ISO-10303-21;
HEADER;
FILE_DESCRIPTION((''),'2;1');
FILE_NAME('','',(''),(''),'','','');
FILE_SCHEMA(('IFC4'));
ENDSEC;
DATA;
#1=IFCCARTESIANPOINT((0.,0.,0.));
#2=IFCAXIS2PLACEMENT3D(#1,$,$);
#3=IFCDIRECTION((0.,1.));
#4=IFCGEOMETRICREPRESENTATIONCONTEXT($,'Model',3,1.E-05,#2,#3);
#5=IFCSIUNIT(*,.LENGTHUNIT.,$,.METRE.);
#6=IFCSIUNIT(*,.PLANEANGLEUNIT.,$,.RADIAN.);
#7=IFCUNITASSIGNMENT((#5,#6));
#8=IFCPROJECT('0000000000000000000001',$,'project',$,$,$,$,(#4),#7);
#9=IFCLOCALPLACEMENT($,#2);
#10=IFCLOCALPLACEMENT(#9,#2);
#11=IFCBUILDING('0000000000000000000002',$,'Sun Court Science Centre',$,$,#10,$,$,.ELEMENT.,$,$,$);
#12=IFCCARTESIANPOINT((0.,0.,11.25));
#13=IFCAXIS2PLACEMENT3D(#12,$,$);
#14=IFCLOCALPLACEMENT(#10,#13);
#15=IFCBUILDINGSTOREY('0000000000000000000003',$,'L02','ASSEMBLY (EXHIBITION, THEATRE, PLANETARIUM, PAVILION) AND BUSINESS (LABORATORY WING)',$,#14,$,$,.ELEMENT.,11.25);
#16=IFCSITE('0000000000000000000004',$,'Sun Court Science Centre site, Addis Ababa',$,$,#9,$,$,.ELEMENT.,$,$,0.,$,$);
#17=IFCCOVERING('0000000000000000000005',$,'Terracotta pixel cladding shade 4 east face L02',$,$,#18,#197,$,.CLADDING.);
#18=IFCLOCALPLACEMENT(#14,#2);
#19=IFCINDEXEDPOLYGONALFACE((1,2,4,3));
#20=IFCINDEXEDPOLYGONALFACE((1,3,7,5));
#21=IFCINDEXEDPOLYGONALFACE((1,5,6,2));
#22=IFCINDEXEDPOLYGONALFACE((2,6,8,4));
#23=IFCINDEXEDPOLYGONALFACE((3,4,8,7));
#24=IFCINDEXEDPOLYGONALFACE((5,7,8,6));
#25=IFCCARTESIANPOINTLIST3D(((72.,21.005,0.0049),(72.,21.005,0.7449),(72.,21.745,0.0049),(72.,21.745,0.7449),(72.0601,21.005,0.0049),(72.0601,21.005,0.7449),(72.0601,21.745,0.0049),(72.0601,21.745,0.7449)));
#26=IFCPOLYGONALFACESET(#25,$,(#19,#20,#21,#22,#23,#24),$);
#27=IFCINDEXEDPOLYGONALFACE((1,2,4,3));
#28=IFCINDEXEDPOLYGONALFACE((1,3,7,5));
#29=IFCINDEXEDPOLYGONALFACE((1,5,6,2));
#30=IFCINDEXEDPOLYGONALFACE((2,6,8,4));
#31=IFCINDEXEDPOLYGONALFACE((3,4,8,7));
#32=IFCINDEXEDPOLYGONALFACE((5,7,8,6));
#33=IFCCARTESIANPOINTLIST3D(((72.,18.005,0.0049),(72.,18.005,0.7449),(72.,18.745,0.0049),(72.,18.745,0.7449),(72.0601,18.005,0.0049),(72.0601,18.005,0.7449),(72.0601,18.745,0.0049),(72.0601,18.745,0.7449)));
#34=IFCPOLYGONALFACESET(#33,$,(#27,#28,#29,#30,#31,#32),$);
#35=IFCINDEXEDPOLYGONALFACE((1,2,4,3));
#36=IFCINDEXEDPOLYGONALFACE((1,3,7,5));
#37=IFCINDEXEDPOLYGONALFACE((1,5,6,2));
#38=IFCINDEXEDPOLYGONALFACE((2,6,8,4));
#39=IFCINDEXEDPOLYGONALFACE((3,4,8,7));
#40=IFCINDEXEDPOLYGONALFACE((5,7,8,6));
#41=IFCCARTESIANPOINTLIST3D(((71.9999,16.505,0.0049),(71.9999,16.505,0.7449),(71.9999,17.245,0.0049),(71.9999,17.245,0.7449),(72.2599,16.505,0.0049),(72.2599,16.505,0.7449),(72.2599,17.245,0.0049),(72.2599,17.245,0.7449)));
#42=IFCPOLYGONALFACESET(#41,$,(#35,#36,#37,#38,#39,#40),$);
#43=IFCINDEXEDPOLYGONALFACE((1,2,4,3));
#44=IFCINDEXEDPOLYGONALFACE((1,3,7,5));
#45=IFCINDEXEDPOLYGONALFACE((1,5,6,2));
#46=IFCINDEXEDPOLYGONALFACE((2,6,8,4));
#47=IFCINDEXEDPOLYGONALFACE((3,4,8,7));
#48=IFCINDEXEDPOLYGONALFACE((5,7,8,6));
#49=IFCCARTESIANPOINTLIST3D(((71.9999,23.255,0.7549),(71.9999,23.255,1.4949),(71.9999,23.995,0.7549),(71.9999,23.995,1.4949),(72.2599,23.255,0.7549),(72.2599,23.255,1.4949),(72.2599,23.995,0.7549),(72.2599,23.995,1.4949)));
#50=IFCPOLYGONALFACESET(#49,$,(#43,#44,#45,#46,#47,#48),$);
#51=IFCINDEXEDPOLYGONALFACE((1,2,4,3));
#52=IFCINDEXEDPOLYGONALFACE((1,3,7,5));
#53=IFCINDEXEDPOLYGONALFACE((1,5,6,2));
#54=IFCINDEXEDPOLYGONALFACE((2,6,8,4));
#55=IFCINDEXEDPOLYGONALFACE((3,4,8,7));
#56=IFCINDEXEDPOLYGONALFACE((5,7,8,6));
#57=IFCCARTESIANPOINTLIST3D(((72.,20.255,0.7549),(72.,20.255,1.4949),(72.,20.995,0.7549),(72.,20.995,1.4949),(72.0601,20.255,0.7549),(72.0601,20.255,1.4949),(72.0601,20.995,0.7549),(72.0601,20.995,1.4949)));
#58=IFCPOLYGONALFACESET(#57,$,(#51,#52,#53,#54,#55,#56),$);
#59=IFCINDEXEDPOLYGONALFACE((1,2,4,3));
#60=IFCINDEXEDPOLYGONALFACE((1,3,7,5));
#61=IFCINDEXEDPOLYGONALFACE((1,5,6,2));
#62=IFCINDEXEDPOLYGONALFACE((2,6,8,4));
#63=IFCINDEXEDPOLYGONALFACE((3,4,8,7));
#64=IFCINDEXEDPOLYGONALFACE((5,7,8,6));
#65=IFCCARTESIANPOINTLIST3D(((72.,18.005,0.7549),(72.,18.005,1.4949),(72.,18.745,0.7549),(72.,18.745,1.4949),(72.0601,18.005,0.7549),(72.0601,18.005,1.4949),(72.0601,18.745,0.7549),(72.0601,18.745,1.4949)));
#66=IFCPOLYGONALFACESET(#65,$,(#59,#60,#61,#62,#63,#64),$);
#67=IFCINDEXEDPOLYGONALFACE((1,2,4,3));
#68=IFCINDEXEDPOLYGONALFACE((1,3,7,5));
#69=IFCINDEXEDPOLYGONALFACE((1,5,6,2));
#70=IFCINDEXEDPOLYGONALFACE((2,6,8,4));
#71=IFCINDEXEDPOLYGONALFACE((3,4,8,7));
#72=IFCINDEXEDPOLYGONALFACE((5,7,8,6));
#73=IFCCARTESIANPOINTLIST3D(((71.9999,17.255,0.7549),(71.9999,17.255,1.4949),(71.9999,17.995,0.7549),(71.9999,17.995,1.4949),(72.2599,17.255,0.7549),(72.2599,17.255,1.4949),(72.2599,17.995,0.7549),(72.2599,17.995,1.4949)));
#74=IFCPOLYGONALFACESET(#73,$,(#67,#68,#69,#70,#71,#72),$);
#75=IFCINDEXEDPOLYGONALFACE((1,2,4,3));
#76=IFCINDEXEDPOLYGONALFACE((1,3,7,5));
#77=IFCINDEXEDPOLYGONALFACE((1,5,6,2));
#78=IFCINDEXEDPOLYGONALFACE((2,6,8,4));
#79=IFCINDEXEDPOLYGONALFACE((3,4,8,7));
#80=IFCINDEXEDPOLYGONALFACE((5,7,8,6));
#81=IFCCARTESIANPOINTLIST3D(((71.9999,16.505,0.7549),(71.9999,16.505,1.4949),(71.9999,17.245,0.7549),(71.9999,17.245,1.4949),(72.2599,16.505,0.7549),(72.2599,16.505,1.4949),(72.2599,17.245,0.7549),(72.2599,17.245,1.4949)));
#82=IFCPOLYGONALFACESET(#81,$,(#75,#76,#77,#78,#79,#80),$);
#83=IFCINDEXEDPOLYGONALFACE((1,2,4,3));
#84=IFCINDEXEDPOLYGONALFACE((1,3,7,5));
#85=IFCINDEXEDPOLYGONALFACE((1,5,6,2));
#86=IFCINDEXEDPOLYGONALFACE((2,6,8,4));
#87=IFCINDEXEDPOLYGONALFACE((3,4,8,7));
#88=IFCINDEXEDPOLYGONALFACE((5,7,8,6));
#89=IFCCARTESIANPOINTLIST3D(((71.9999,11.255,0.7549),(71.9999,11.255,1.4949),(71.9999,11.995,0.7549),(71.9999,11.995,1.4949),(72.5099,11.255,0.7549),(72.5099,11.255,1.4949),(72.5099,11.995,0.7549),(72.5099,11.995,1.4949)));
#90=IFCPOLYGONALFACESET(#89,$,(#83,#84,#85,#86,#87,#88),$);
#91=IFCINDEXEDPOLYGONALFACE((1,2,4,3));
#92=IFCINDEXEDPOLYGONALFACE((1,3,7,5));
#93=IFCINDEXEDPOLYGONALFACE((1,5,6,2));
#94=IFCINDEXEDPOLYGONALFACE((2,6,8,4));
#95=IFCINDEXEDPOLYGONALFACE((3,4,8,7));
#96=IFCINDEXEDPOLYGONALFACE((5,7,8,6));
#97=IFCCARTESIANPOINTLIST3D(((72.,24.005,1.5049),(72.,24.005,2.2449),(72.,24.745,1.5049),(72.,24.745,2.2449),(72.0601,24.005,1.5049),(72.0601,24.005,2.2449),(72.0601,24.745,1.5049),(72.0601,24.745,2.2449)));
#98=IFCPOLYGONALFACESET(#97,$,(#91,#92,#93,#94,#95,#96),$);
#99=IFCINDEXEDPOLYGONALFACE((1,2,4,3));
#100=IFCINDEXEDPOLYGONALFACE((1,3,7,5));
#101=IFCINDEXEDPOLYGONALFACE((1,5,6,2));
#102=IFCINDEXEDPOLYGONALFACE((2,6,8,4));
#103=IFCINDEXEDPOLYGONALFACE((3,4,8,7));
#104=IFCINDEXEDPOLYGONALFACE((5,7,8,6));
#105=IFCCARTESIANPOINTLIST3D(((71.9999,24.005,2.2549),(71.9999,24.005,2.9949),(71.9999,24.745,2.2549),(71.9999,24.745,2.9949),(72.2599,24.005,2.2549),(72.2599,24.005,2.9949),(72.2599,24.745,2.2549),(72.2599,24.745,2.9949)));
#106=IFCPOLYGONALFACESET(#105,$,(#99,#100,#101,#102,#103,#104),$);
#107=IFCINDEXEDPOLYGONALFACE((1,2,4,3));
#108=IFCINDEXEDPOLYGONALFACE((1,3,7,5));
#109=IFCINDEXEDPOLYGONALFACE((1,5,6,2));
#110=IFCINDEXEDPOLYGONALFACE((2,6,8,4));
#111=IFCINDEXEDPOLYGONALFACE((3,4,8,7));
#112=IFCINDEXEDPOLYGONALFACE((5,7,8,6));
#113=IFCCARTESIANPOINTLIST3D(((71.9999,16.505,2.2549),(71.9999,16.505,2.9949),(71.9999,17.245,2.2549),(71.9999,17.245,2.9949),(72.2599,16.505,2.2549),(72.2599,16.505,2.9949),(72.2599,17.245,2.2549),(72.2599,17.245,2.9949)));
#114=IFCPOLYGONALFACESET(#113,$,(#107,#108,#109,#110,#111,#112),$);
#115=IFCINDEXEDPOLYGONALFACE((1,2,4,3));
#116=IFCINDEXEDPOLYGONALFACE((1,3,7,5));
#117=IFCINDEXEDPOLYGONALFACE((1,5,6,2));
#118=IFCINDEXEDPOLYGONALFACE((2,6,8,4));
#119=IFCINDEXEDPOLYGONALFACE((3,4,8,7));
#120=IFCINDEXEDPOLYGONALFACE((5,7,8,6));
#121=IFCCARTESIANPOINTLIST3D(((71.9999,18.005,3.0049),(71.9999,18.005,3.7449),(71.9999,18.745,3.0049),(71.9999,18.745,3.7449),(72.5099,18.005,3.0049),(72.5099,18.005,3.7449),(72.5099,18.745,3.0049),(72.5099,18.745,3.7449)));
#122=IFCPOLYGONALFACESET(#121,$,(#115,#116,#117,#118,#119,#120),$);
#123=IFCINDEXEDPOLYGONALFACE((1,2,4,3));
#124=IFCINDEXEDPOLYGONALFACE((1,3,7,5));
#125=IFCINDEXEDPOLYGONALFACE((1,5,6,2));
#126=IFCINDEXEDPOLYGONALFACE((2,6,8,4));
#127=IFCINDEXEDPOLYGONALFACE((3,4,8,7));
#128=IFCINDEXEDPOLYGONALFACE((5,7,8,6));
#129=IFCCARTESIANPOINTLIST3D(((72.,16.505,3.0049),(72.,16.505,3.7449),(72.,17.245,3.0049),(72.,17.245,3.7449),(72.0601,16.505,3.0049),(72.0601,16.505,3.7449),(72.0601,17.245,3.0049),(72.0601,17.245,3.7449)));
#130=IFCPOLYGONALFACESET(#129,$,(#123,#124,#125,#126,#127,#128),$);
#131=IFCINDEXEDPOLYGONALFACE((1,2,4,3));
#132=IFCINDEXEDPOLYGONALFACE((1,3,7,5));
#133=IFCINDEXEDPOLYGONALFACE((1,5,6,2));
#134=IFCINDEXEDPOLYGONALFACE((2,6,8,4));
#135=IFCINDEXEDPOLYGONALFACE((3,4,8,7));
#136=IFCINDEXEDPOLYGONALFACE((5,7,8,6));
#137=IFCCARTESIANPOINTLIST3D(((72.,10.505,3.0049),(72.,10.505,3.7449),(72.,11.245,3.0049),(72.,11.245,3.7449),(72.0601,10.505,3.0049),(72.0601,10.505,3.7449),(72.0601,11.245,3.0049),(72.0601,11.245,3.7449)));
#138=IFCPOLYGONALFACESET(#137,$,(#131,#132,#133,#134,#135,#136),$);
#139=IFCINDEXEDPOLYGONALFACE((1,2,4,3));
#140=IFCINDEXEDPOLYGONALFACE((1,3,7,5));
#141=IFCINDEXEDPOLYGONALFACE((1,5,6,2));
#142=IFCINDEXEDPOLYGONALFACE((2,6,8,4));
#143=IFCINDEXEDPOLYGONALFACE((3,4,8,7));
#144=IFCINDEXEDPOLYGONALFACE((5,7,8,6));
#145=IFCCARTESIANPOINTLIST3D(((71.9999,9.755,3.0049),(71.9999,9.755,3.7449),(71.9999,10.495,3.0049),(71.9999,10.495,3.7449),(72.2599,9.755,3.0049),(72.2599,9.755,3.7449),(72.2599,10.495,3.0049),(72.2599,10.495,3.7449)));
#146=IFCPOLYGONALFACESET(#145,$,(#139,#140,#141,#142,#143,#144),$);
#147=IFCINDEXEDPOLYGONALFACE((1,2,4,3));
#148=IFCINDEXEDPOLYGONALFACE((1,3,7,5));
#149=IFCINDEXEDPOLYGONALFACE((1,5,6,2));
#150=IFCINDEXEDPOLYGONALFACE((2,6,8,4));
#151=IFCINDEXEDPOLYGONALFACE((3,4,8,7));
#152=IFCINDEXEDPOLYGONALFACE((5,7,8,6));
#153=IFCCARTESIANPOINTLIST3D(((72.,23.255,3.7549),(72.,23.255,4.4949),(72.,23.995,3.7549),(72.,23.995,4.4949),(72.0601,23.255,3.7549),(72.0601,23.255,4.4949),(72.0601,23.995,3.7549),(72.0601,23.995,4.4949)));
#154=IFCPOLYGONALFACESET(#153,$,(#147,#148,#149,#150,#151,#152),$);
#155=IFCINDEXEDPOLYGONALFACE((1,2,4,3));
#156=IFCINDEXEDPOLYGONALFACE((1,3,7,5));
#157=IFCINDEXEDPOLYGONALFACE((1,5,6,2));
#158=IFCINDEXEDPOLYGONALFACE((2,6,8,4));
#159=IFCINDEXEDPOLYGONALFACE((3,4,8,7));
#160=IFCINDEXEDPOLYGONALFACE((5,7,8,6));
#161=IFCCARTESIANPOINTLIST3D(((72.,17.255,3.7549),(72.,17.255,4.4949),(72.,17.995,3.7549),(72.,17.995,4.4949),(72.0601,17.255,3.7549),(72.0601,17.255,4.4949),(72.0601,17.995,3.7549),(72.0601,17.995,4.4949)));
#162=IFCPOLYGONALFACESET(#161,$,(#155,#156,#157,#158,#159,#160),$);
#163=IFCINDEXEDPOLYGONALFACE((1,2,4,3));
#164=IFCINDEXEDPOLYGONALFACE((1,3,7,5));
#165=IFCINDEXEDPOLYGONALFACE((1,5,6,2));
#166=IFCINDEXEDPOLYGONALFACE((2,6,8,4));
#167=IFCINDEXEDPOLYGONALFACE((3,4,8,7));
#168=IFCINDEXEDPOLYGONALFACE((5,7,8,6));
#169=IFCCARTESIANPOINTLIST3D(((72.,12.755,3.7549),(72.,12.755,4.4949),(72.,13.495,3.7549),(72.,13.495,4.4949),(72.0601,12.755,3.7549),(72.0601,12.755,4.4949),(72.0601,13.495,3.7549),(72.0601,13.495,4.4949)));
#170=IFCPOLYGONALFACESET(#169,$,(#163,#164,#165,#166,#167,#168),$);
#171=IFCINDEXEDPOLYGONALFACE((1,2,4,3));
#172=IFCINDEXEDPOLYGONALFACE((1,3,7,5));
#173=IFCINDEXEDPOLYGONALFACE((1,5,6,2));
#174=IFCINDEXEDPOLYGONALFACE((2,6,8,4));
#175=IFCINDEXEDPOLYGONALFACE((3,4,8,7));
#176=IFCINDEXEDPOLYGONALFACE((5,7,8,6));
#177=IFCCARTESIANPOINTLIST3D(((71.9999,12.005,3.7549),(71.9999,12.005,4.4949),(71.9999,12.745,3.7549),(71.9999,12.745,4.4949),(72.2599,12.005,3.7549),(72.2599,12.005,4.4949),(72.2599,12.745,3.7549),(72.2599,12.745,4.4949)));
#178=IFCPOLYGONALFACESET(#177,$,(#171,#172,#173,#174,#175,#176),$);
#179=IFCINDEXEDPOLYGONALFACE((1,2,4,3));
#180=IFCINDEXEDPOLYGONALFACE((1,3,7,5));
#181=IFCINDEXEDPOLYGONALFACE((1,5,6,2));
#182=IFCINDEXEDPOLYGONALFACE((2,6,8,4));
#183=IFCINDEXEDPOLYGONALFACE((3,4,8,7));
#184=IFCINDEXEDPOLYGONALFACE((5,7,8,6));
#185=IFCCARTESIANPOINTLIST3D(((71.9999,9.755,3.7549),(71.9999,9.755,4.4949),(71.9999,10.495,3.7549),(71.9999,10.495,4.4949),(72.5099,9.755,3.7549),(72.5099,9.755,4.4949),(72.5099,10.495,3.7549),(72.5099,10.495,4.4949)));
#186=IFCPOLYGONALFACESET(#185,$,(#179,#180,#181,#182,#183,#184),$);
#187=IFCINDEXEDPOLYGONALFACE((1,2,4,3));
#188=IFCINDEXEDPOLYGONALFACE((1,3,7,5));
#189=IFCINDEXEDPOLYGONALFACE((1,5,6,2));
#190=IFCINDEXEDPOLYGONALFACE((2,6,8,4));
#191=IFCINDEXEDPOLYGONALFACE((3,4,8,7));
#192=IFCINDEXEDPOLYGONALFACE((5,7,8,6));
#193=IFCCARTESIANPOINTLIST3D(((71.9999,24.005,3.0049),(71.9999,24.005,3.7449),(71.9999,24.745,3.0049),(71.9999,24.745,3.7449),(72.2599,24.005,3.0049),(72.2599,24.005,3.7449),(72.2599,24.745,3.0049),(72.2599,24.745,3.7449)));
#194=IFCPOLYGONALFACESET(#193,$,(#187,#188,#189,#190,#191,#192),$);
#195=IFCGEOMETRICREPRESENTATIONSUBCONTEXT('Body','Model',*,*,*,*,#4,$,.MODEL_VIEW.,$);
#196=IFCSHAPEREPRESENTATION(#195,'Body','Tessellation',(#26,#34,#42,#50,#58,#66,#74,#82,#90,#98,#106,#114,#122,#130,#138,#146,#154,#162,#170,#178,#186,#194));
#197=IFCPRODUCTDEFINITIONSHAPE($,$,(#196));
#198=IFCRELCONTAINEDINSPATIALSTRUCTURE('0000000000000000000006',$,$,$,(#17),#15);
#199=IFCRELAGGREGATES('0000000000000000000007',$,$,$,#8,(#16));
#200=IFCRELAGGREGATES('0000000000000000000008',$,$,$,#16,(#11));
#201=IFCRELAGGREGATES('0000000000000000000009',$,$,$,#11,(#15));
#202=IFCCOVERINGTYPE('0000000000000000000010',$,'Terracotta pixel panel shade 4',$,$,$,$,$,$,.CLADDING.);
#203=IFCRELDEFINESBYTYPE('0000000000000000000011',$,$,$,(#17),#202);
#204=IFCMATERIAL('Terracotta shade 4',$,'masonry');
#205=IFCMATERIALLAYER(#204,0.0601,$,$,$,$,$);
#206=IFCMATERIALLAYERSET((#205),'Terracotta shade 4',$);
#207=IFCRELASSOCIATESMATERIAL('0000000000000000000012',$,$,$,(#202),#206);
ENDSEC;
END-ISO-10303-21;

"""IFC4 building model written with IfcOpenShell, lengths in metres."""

from ifc_helpers import new_model, si_unit, direction, frame, origin, origin_2d, place, context, subcontext, project, spatial, rectangle, extrude, material, layer, layer_set, type_object, element, save


model = new_model("IFC4")

# Units and contexts
model_context = context("Model", 3, precision=1e-05, world=origin(), true_north=direction((0.0, 1.0)))
body_context = subcontext(model_context, "Body", "Model", "MODEL_VIEW")
ifc_project = project(units=[si_unit("LENGTHUNIT", "METRE"), si_unit("PLANEANGLEUNIT", "RADIAN")], contexts=[model_context])

# Site, building, storey
site_placement = place(None, origin())
site = spatial("IfcSite", under=ifc_project, at=site_placement, Name="Sun Court Science Centre site, Addis Ababa", CompositionType="ELEMENT", RefElevation=0.0)
building_placement = place(site_placement, origin())
building = spatial("IfcBuilding", under=site, at=building_placement, Name="Sun Court Science Centre", CompositionType="ELEMENT")
storey_placement = place(building_placement, frame((0.0, 0.0, 11.25)))
storey = spatial("IfcBuildingStorey", under=building, at=storey_placement, Name="L02", Description="ASSEMBLY (EXHIBITION, THEATRE, PLANETARIUM, PAVILION) AND BUSINESS (LABORATORY WING)", CompositionType="ELEMENT", Elevation=11.25)

# Covering
ifc_material_1 = material(Name="Terracotta shade 4", Category="masonry")
ifc_layer_1 = layer(ifc_material_1, 0.0601)
ifc_layer_set_1 = layer_set([ifc_layer_1], Name="Terracotta shade 4")
covering_type_1 = type_object("IfcCoveringType", Name="Terracotta pixel panel shade 4", PredefinedType="CLADDING", material=ifc_layer_set_1)
covering_1_placement = place(storey_placement, frame((0.0, 0.0, -11.25)))
element("IfcCovering", 1, at=covering_1_placement, inside=storey, type_object=covering_type_1, Name="Terracotta pixel cladding shade 4 east face L02", PredefinedType="CLADDING", context=body_context, shape_type="SweptSolid", body=[
    extrude(rectangle(XDim=0.74, YDim=0.0601, at=origin_2d()), frame((72.03, 21.375, 11.2549), z_axis=(0.0, 0.0, 1.0), x_axis=(0.0, -1.0, 0.0)), (0.0, 0.0, 1.0), 0.74),
    extrude(rectangle(XDim=0.74, YDim=0.0601, at=origin_2d()), frame((72.03, 18.375, 11.2549), z_axis=(0.0, 0.0, 1.0), x_axis=(0.0, -1.0, 0.0)), (0.0, 0.0, 1.0), 0.74),
    extrude(rectangle(XDim=0.74, YDim=0.26, at=origin_2d()), frame((72.1299, 16.875, 11.2549), z_axis=(0.0, 0.0, 1.0), x_axis=(0.0, -1.0, 0.0)), (0.0, 0.0, 1.0), 0.74),
    extrude(rectangle(XDim=0.74, YDim=0.26, at=origin_2d()), frame((72.1299, 23.625, 12.0049), z_axis=(0.0, 0.0, 1.0), x_axis=(0.0, -1.0, 0.0)), (0.0, 0.0, 1.0), 0.74),
    extrude(rectangle(XDim=0.74, YDim=0.0601, at=origin_2d()), frame((72.03, 20.625, 12.0049), z_axis=(0.0, 0.0, 1.0), x_axis=(0.0, -1.0, 0.0)), (0.0, 0.0, 1.0), 0.74),
    extrude(rectangle(XDim=0.74, YDim=0.0601, at=origin_2d()), frame((72.03, 18.375, 12.0049), z_axis=(0.0, 0.0, 1.0), x_axis=(0.0, -1.0, 0.0)), (0.0, 0.0, 1.0), 0.74),
    extrude(rectangle(XDim=0.74, YDim=0.26, at=origin_2d()), frame((72.1299, 17.625, 12.0049), z_axis=(0.0, 0.0, 1.0), x_axis=(0.0, -1.0, 0.0)), (0.0, 0.0, 1.0), 0.74),
    extrude(rectangle(XDim=0.74, YDim=0.26, at=origin_2d()), frame((72.1299, 16.875, 12.0049), z_axis=(0.0, 0.0, 1.0), x_axis=(0.0, -1.0, 0.0)), (0.0, 0.0, 1.0), 0.74),
    extrude(rectangle(XDim=0.74, YDim=0.51, at=origin_2d()), frame((72.2549, 11.625, 12.0049), z_axis=(0.0, 0.0, 1.0), x_axis=(0.0, -1.0, 0.0)), (0.0, 0.0, 1.0), 0.74),
    extrude(rectangle(XDim=0.74, YDim=0.0601, at=origin_2d()), frame((72.03, 24.375, 12.7549), z_axis=(0.0, 0.0, 1.0), x_axis=(0.0, -1.0, 0.0)), (0.0, 0.0, 1.0), 0.74),
    extrude(rectangle(XDim=0.74, YDim=0.26, at=origin_2d()), frame((72.1299, 24.375, 13.5049), z_axis=(0.0, 0.0, 1.0), x_axis=(0.0, -1.0, 0.0)), (0.0, 0.0, 1.0), 0.74),
    extrude(rectangle(XDim=0.74, YDim=0.26, at=origin_2d()), frame((72.1299, 16.875, 13.5049), z_axis=(0.0, 0.0, 1.0), x_axis=(0.0, -1.0, 0.0)), (0.0, 0.0, 1.0), 0.74),
    extrude(rectangle(XDim=0.74, YDim=0.51, at=origin_2d()), frame((72.2549, 18.375, 14.2549), z_axis=(0.0, 0.0, 1.0), x_axis=(0.0, -1.0, 0.0)), (0.0, 0.0, 1.0), 0.74),
    extrude(rectangle(XDim=0.74, YDim=0.0601, at=origin_2d()), frame((72.03, 16.875, 14.2549), z_axis=(0.0, 0.0, 1.0), x_axis=(0.0, -1.0, 0.0)), (0.0, 0.0, 1.0), 0.74),
    extrude(rectangle(XDim=0.74, YDim=0.0601, at=origin_2d()), frame((72.03, 10.875, 14.2549), z_axis=(0.0, 0.0, 1.0), x_axis=(0.0, -1.0, 0.0)), (0.0, 0.0, 1.0), 0.74),
    extrude(rectangle(XDim=0.74, YDim=0.26, at=origin_2d()), frame((72.1299, 10.125, 14.2549), z_axis=(0.0, 0.0, 1.0), x_axis=(0.0, -1.0, 0.0)), (0.0, 0.0, 1.0), 0.74),
    extrude(rectangle(XDim=0.74, YDim=0.0601, at=origin_2d()), frame((72.03, 23.625, 15.0049), z_axis=(0.0, 0.0, 1.0), x_axis=(0.0, -1.0, 0.0)), (0.0, 0.0, 1.0), 0.74),
    extrude(rectangle(XDim=0.74, YDim=0.0601, at=origin_2d()), frame((72.03, 17.625, 15.0049), z_axis=(0.0, 0.0, 1.0), x_axis=(0.0, -1.0, 0.0)), (0.0, 0.0, 1.0), 0.74),
    extrude(rectangle(XDim=0.74, YDim=0.0601, at=origin_2d()), frame((72.03, 13.125, 15.0049), z_axis=(0.0, 0.0, 1.0), x_axis=(0.0, -1.0, 0.0)), (0.0, 0.0, 1.0), 0.74),
    extrude(rectangle(XDim=0.74, YDim=0.26, at=origin_2d()), frame((72.1299, 12.375, 15.0049), z_axis=(0.0, 0.0, 1.0), x_axis=(0.0, -1.0, 0.0)), (0.0, 0.0, 1.0), 0.74),
    extrude(rectangle(XDim=0.74, YDim=0.51, at=origin_2d()), frame((72.2549, 10.125, 15.0049), z_axis=(0.0, 0.0, 1.0), x_axis=(0.0, -1.0, 0.0)), (0.0, 0.0, 1.0), 0.74),
    extrude(rectangle(XDim=0.74, YDim=0.26, at=origin_2d()), frame((72.1299, 24.375, 14.2549), z_axis=(0.0, 0.0, 1.0), x_axis=(0.0, -1.0, 0.0)), (0.0, 0.0, 1.0), 0.74),
])

save(model, "model.ifc")
